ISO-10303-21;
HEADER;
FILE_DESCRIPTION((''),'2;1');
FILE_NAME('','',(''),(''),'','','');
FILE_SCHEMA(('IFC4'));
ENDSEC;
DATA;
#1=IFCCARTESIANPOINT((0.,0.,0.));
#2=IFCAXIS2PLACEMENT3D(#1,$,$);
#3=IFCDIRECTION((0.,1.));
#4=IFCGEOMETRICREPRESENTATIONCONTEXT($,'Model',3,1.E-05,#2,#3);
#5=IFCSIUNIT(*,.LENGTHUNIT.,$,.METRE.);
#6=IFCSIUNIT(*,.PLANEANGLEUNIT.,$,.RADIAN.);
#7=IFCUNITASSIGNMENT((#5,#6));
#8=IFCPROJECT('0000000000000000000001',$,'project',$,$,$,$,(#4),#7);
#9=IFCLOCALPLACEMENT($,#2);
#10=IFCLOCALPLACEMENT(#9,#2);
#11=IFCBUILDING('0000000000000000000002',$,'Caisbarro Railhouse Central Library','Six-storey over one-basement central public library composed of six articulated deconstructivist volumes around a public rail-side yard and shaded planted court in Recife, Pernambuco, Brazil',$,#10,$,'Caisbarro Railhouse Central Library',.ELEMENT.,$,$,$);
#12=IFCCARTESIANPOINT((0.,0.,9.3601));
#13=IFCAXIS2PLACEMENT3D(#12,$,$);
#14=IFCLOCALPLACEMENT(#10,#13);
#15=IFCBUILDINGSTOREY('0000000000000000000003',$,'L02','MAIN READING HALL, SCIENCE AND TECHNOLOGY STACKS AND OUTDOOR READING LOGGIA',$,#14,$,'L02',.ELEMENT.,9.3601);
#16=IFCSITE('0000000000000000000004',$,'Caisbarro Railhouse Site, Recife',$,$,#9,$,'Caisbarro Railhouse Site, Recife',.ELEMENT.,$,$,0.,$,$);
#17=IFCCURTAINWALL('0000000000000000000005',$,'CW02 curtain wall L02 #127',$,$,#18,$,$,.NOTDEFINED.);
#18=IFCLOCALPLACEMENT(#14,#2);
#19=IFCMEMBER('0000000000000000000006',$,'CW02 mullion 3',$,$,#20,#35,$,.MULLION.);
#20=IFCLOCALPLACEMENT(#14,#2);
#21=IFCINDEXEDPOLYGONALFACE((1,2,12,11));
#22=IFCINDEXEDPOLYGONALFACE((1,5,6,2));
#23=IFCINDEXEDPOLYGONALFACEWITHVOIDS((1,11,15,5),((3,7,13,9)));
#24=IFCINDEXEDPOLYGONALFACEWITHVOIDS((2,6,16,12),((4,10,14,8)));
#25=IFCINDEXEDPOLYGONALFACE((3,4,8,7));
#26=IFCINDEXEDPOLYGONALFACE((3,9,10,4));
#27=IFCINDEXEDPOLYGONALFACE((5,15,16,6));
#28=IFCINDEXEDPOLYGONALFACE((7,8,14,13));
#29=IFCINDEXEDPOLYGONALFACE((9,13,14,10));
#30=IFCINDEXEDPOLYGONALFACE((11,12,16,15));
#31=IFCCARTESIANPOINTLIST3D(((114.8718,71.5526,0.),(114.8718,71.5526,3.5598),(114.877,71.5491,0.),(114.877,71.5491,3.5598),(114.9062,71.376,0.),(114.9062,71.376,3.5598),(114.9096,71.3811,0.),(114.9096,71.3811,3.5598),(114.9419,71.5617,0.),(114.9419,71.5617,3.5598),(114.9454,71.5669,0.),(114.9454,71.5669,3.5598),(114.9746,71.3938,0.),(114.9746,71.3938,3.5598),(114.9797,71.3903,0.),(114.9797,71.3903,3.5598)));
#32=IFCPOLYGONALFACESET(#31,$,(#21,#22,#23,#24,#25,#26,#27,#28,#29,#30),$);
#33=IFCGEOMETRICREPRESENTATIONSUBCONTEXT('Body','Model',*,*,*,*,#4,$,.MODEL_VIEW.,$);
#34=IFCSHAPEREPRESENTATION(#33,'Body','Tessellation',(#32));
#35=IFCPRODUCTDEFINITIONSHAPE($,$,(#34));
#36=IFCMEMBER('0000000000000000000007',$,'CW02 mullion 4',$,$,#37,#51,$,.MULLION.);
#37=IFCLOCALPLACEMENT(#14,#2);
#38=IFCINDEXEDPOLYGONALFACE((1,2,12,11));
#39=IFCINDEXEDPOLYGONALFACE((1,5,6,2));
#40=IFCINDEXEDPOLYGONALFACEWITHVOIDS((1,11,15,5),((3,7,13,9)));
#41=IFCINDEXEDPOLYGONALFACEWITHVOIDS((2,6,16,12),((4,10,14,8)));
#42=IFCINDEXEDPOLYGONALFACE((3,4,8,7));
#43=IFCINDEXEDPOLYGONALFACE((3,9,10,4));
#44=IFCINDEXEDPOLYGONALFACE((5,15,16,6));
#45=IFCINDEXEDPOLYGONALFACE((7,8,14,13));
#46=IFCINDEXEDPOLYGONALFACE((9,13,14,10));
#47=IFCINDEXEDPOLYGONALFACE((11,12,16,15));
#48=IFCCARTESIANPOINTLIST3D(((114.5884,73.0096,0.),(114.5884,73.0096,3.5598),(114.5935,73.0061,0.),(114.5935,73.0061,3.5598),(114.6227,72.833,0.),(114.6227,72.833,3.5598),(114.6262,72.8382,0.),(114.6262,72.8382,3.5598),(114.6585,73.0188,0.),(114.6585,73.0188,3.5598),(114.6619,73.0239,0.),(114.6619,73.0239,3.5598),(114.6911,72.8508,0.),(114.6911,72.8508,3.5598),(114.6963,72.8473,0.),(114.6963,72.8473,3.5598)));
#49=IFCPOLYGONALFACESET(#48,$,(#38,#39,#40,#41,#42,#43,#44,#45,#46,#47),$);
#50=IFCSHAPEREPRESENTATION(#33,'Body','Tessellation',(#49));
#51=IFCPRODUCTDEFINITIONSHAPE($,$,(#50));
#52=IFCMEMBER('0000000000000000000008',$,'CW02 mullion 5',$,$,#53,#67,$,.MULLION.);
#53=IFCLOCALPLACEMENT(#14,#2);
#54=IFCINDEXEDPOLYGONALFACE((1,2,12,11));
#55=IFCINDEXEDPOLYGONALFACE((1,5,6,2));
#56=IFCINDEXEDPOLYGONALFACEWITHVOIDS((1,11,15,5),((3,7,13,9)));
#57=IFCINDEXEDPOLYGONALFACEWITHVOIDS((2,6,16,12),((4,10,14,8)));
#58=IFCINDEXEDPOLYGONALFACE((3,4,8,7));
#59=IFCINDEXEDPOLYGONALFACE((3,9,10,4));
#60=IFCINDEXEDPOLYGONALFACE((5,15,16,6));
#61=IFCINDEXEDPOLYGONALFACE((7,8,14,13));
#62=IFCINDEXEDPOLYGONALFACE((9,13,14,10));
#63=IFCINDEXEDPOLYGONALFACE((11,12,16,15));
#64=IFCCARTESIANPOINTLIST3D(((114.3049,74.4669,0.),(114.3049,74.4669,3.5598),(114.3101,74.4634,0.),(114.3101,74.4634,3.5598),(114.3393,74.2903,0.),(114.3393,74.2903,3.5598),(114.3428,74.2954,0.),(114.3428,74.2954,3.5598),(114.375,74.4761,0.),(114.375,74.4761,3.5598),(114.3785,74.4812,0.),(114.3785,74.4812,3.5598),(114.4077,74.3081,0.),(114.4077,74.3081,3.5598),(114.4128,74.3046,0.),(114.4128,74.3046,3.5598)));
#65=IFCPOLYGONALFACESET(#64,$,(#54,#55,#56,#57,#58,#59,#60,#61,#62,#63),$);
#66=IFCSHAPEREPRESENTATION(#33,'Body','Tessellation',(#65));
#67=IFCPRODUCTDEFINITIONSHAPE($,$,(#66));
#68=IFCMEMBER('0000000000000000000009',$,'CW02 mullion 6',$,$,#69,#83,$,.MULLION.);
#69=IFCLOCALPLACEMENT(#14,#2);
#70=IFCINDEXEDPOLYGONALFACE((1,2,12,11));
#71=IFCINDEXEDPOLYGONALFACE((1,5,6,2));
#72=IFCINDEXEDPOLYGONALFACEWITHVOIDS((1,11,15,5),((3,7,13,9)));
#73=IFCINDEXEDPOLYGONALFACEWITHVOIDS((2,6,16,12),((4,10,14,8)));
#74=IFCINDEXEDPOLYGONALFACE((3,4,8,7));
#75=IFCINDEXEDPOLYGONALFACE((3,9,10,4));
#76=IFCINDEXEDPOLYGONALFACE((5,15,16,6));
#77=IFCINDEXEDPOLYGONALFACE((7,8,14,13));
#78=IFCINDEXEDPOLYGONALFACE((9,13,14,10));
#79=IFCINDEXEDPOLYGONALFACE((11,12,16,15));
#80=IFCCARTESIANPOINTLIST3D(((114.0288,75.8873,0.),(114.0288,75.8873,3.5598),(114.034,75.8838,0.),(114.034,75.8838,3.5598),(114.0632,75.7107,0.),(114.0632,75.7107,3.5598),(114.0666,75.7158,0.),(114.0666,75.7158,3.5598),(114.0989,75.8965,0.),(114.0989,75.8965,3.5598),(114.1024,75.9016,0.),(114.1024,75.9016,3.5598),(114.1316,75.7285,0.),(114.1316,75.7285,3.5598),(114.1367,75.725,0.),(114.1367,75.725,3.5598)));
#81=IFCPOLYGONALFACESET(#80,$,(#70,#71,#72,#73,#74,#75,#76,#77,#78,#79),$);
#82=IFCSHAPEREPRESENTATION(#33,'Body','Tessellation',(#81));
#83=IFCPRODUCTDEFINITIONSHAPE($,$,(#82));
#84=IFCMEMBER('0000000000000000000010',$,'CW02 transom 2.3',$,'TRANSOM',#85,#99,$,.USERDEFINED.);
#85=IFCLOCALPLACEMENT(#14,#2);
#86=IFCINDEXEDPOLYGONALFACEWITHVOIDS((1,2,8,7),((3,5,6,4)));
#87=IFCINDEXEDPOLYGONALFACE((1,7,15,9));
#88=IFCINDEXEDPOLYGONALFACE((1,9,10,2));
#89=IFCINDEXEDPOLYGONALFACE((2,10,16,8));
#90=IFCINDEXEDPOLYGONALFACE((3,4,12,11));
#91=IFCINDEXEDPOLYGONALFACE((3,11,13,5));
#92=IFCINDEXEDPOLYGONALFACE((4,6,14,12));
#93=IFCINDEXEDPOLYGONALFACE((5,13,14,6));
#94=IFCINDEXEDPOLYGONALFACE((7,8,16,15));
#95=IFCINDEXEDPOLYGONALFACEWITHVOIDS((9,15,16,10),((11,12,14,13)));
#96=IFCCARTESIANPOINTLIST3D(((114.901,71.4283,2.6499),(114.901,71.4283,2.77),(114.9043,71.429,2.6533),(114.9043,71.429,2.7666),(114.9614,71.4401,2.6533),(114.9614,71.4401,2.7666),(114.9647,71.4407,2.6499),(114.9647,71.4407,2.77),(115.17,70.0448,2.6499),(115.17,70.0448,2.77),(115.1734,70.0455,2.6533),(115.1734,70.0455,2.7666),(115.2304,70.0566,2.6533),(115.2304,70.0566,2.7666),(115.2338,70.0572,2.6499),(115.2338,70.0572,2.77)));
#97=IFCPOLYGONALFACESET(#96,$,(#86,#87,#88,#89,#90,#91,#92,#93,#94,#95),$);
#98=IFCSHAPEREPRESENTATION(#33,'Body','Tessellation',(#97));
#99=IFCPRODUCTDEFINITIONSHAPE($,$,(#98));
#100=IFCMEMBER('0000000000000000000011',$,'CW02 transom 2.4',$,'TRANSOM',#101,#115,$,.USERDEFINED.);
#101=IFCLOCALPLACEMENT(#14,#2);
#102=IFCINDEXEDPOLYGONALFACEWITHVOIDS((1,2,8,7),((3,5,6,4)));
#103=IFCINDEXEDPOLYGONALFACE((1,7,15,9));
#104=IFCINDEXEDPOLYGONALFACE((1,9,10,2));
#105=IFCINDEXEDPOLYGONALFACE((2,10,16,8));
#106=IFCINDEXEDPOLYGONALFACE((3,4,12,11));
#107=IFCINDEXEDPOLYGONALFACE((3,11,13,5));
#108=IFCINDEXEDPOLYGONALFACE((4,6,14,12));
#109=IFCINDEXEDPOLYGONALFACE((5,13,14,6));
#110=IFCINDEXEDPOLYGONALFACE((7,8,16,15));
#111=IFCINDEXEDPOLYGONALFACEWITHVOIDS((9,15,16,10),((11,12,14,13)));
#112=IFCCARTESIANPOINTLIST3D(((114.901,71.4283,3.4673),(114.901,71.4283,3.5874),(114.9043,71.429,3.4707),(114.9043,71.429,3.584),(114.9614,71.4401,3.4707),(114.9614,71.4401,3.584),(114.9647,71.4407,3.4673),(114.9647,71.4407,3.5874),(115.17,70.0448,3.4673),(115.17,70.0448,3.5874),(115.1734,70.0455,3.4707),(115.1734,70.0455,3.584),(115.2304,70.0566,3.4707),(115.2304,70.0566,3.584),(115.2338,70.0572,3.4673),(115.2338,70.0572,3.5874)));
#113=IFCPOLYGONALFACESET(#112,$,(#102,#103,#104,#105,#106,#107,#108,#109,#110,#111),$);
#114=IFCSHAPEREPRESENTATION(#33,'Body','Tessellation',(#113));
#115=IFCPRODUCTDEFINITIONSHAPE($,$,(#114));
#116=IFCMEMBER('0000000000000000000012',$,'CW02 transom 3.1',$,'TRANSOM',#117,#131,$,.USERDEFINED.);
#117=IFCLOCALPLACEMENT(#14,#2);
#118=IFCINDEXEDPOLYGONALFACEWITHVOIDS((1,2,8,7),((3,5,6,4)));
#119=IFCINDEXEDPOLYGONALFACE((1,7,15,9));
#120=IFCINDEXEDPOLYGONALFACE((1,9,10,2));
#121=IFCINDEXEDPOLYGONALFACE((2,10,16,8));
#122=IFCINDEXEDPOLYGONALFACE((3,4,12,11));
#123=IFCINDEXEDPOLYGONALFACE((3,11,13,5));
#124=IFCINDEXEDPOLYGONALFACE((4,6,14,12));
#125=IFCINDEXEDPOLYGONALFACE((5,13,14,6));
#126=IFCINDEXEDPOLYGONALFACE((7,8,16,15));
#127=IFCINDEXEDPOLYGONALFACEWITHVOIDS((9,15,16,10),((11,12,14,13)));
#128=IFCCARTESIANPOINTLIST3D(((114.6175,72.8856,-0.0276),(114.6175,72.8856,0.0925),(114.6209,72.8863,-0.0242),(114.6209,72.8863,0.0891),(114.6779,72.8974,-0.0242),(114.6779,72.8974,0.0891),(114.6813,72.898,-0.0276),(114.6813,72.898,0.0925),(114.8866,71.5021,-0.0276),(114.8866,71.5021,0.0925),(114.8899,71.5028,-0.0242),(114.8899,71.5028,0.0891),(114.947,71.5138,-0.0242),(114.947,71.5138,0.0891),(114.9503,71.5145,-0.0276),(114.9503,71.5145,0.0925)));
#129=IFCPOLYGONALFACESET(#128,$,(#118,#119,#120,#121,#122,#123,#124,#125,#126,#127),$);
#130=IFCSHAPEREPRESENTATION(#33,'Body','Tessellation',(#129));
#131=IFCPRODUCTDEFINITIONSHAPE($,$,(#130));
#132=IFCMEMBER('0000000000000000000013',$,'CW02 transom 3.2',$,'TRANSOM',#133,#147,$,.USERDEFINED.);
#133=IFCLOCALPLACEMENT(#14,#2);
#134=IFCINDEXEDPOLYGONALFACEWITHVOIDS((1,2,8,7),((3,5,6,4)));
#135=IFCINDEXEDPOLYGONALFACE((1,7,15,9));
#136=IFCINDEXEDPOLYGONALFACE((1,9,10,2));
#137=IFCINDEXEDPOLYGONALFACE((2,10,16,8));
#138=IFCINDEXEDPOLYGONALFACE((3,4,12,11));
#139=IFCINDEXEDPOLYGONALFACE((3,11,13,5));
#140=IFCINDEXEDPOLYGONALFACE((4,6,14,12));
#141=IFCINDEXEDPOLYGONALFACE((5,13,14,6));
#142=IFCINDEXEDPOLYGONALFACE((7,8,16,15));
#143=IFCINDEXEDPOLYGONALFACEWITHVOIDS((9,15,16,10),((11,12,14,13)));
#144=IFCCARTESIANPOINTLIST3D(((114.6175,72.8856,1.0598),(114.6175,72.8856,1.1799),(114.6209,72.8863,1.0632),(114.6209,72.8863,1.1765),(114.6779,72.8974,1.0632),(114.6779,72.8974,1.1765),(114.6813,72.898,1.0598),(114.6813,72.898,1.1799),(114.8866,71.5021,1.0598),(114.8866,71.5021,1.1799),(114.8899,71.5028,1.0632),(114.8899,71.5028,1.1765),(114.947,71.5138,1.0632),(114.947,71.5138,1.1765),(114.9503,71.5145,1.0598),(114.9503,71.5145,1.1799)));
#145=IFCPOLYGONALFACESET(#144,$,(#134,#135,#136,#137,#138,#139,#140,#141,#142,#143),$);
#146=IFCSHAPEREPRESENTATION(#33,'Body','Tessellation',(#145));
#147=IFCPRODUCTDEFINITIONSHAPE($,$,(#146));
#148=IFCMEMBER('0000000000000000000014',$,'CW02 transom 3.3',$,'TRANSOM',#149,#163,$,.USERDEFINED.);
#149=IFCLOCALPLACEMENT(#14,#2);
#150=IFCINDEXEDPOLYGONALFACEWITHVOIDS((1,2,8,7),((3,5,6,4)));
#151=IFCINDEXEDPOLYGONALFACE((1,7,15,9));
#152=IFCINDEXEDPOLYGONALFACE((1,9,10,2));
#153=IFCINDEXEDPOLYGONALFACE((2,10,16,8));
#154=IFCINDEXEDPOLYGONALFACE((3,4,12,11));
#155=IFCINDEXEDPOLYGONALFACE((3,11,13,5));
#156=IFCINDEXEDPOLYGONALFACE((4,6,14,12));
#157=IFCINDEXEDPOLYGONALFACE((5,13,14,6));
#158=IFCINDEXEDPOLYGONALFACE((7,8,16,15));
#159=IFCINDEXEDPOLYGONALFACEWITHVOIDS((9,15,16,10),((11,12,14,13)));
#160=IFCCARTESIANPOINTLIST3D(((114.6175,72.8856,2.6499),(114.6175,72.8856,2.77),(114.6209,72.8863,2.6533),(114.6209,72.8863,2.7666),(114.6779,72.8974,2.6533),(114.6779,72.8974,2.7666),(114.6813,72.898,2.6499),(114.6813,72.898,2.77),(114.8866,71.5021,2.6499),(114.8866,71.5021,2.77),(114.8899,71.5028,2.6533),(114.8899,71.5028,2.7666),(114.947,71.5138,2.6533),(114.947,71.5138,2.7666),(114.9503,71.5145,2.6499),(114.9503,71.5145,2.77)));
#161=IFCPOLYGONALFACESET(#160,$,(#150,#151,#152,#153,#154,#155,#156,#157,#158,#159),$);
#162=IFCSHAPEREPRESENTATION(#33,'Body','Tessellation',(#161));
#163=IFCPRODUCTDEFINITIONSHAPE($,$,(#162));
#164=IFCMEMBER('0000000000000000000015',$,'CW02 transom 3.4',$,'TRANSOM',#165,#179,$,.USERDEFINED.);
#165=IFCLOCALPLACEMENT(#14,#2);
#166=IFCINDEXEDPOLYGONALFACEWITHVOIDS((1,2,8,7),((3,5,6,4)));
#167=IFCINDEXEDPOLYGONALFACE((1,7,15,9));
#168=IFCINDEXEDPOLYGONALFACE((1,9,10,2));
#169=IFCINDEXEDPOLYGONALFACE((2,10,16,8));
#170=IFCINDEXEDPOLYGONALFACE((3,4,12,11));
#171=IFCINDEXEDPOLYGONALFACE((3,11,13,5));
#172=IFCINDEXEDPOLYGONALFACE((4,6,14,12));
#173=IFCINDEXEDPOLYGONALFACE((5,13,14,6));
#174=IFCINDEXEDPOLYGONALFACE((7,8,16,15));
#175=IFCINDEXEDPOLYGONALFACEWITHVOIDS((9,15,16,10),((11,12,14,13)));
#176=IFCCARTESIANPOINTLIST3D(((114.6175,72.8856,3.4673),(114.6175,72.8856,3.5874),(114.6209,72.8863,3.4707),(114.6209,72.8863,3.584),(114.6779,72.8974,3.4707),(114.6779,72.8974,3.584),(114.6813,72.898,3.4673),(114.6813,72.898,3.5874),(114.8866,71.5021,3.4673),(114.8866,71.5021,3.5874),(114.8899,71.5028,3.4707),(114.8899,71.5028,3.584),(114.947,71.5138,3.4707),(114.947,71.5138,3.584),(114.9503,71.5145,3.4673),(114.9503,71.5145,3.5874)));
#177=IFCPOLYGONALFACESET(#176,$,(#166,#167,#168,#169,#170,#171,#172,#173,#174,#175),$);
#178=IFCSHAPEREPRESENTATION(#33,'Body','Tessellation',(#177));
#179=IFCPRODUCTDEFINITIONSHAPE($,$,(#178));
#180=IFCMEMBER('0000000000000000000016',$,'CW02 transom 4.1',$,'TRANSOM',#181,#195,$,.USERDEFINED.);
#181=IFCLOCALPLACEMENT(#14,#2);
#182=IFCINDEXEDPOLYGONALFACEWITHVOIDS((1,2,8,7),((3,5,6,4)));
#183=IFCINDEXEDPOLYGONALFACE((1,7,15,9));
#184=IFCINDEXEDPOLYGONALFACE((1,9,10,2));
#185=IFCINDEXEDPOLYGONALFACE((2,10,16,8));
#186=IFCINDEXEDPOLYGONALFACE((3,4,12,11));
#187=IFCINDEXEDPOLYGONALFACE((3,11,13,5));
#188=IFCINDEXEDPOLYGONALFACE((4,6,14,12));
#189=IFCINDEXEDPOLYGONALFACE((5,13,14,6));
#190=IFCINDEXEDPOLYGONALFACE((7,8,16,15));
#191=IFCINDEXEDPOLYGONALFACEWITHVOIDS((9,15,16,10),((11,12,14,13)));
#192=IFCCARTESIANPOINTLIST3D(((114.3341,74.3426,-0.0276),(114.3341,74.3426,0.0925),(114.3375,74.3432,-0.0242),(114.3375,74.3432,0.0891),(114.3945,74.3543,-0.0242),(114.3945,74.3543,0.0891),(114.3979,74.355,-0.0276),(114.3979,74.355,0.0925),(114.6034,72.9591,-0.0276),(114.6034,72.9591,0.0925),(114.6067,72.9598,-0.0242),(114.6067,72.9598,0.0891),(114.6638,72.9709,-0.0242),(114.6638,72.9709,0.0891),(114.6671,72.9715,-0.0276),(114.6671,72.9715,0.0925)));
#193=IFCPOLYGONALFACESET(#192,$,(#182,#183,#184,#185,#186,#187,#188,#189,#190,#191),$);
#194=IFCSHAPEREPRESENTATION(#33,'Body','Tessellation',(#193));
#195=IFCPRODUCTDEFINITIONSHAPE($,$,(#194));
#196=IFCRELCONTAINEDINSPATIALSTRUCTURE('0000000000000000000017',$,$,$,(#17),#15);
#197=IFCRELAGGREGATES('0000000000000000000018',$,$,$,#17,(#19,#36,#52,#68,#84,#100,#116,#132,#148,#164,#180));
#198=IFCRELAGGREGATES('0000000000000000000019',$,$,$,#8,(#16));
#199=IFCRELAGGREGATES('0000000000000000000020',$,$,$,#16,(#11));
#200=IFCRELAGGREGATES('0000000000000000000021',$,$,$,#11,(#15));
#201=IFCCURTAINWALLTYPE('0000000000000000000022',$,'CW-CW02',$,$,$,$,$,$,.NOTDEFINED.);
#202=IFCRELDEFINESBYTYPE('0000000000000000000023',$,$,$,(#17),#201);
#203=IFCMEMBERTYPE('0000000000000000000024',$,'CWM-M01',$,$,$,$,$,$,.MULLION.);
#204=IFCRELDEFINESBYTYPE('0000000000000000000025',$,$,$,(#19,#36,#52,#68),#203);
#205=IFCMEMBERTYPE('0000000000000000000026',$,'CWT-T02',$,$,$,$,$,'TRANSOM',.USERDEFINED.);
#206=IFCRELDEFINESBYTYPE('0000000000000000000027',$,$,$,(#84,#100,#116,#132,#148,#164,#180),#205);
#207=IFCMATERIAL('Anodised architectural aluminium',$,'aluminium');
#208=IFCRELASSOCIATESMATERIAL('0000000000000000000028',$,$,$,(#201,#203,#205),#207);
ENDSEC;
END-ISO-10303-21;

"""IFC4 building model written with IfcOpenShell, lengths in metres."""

from ifc_helpers import new_model, si_unit, direction, frame, origin, origin_2d, place, context, subcontext, project, spatial, hollow_rectangle, extrude, material, material_profile, profile_set, type_object, element, aggregate, save


model = new_model("IFC4")

# Units and contexts
model_context = context("Model", 3, precision=1e-05, world=origin(), true_north=direction((0.0, 1.0)))
body_context = subcontext(model_context, "Body", "Model", "MODEL_VIEW")
ifc_project = project(units=[si_unit("LENGTHUNIT", "METRE"), si_unit("PLANEANGLEUNIT", "RADIAN")], contexts=[model_context])

# Site, building, storey
site_placement = place(None, origin())
site = spatial("IfcSite", under=ifc_project, at=site_placement, Name="Caisbarro Railhouse Site, Recife", LongName="Caisbarro Railhouse Site, Recife", CompositionType="ELEMENT", RefElevation=0.0)
building_placement = place(site_placement, origin())
building = spatial("IfcBuilding", under=site, at=building_placement, Name="Caisbarro Railhouse Central Library", Description="Six-storey over one-basement central public library composed of six articulated deconstructivist volumes around a public rail-side yard and shaded planted court in Recife, Pernambuco, Brazil", LongName="Caisbarro Railhouse Central Library", CompositionType="ELEMENT")
storey_placement = place(building_placement, frame((0.0, 0.0, 9.3601)))
storey = spatial("IfcBuildingStorey", under=building, at=storey_placement, Name="L02", Description="MAIN READING HALL, SCIENCE AND TECHNOLOGY STACKS AND OUTDOOR READING LOGGIA", LongName="L02", CompositionType="ELEMENT", Elevation=9.3601)

# Curtain wall, members
ifc_material_1 = material(Name="Anodised architectural aluminium", Category="aluminium")
curtain_wall_type = type_object("IfcCurtainWallType", Name="CW-CW02", PredefinedType="NOTDEFINED", material=ifc_material_1)
curtain_wall_placement = place(storey_placement, origin())
curtain_wall = element("IfcCurtainWall", 1, at=curtain_wall_placement, inside=storey, type_object=curtain_wall_type, Name="CW02 curtain wall L02 #127", PredefinedType="NOTDEFINED")
ifc_material_profile_1 = material_profile(ifc_material_1, hollow_rectangle(XDim=0.075, YDim=0.1799, WallThickness=0.0044, at=origin_2d()), Name="ALU-MUL-75X180")
ifc_profile_set_1 = profile_set([ifc_material_profile_1], Name="Anodised architectural aluminium")
member_type_1 = type_object("IfcMemberType", Name="CWM-M01", PredefinedType="MULLION", material=ifc_profile_set_1)
member_1_placement = place(storey_placement, frame((114.9258, 71.4714, 0.0), z_axis=(0.0, 0.0, 1.0), x_axis=(-0.981607, -0.190911, 0.0)))
member_1 = element("IfcMember", 2, at=member_1_placement, type_object=member_type_1, Name="CW02 mullion 3", PredefinedType="MULLION", context=body_context, shape_type="SweptSolid", body=[
    extrude(hollow_rectangle(XDim=0.075, YDim=0.1799, WallThickness=0.0044, at=origin_2d()), origin(), (0.0, 0.0, 1.0), 3.5598),
])
member_2_placement = place(storey_placement, frame((114.6423, 72.9285, 0.0), z_axis=(0.0, 0.0, 1.0), x_axis=(-0.981607, -0.190911, 0.0)))
member_2 = element("IfcMember", 3, at=member_2_placement, type_object=member_type_1, Name="CW02 mullion 4", PredefinedType="MULLION", context=body_context, shape_type="SweptSolid", body=[
    extrude(hollow_rectangle(XDim=0.075, YDim=0.1799, WallThickness=0.0044, at=origin_2d()), origin(), (0.0, 0.0, 1.0), 3.5598),
])
member_3_placement = place(storey_placement, frame((114.3589, 74.3857, 0.0), z_axis=(0.0, 0.0, 1.0), x_axis=(-0.981607, -0.190911, 0.0)))
member_3 = element("IfcMember", 4, at=member_3_placement, type_object=member_type_1, Name="CW02 mullion 5", PredefinedType="MULLION", context=body_context, shape_type="SweptSolid", body=[
    extrude(hollow_rectangle(XDim=0.075, YDim=0.1799, WallThickness=0.0044, at=origin_2d()), origin(), (0.0, 0.0, 1.0), 3.5598),
])
member_4_placement = place(storey_placement, frame((114.0828, 75.8062, 0.0), z_axis=(0.0, 0.0, 1.0), x_axis=(-0.981607, -0.190911, 0.0)))
member_4 = element("IfcMember", 5, at=member_4_placement, type_object=member_type_1, Name="CW02 mullion 6", PredefinedType="MULLION", context=body_context, shape_type="SweptSolid", body=[
    extrude(hollow_rectangle(XDim=0.075, YDim=0.1799, WallThickness=0.0044, at=origin_2d()), origin(), (0.0, 0.0, 1.0), 3.5598),
])
ifc_material_profile_2 = material_profile(ifc_material_1, hollow_rectangle(XDim=0.0649, YDim=0.1201, WallThickness=0.0034, at=origin_2d()), Name="ALU-TRN-65X120")
ifc_profile_set_2 = profile_set([ifc_material_profile_2], Name="Anodised architectural aluminium")
member_type_2 = type_object("IfcMemberType", Name="CWT-T02", ElementType="TRANSOM", PredefinedType="USERDEFINED", material=ifc_profile_set_2)
member_5_placement = place(storey_placement, frame((115.2019, 70.051, 2.71), z_axis=(-0.190884, 0.981613, 0.0), x_axis=(-0.981613, -0.190884, 0.0)))
member_5 = element("IfcMember", 6, at=member_5_placement, type_object=member_type_2, Name="CW02 transom 2.3", ObjectType="TRANSOM", PredefinedType="USERDEFINED", context=body_context, shape_type="SweptSolid", body=[
    extrude(hollow_rectangle(XDim=0.0649, YDim=0.1201, WallThickness=0.0034, at=origin_2d()), origin(), (0.0, 0.0, 1.0), 1.4094),
])
member_6_placement = place(storey_placement, frame((115.2019, 70.051, 3.5273), z_axis=(-0.190884, 0.981613, 0.0), x_axis=(-0.981613, -0.190884, 0.0)))
member_6 = element("IfcMember", 7, at=member_6_placement, type_object=member_type_2, Name="CW02 transom 2.4", ObjectType="TRANSOM", PredefinedType="USERDEFINED", context=body_context, shape_type="SweptSolid", body=[
    extrude(hollow_rectangle(XDim=0.0649, YDim=0.1201, WallThickness=0.0034, at=origin_2d()), origin(), (0.0, 0.0, 1.0), 1.4094),
])
member_7_placement = place(storey_placement, frame((114.9185, 71.5083, 0.0325), z_axis=(-0.190884, 0.981613, 0.0), x_axis=(-0.981613, -0.190884, 0.0)))
member_7 = element("IfcMember", 8, at=member_7_placement, type_object=member_type_2, Name="CW02 transom 3.1", ObjectType="TRANSOM", PredefinedType="USERDEFINED", context=body_context, shape_type="SweptSolid", body=[
    extrude(hollow_rectangle(XDim=0.0649, YDim=0.1201, WallThickness=0.0034, at=origin_2d()), origin(), (0.0, 0.0, 1.0), 1.4094),
])
member_8_placement = place(storey_placement, frame((114.9185, 71.5083, 1.1199), z_axis=(-0.190884, 0.981613, 0.0), x_axis=(-0.981613, -0.190884, 0.0)))
member_8 = element("IfcMember", 9, at=member_8_placement, type_object=member_type_2, Name="CW02 transom 3.2", ObjectType="TRANSOM", PredefinedType="USERDEFINED", context=body_context, shape_type="SweptSolid", body=[
    extrude(hollow_rectangle(XDim=0.0649, YDim=0.1201, WallThickness=0.0034, at=origin_2d()), origin(), (0.0, 0.0, 1.0), 1.4094),
])
member_9_placement = place(storey_placement, frame((114.9185, 71.5083, 2.71), z_axis=(-0.190884, 0.981613, 0.0), x_axis=(-0.981613, -0.190884, 0.0)))
member_9 = element("IfcMember", 10, at=member_9_placement, type_object=member_type_2, Name="CW02 transom 3.3", ObjectType="TRANSOM", PredefinedType="USERDEFINED", context=body_context, shape_type="SweptSolid", body=[
    extrude(hollow_rectangle(XDim=0.0649, YDim=0.1201, WallThickness=0.0034, at=origin_2d()), origin(), (0.0, 0.0, 1.0), 1.4094),
])
member_10_placement = place(storey_placement, frame((114.9185, 71.5083, 3.5273), z_axis=(-0.190884, 0.981613, 0.0), x_axis=(-0.981613, -0.190884, 0.0)))
member_10 = element("IfcMember", 11, at=member_10_placement, type_object=member_type_2, Name="CW02 transom 3.4", ObjectType="TRANSOM", PredefinedType="USERDEFINED", context=body_context, shape_type="SweptSolid", body=[
    extrude(hollow_rectangle(XDim=0.0649, YDim=0.1201, WallThickness=0.0034, at=origin_2d()), origin(), (0.0, 0.0, 1.0), 1.4094),
])
member_11_placement = place(storey_placement, frame((114.6353, 72.9653, 0.0325), z_axis=(-0.19105, 0.98158, 0.0), x_axis=(-0.98158, -0.19105, 0.0)))
member_11 = element("IfcMember", 12, at=member_11_placement, type_object=member_type_2, Name="CW02 transom 4.1", ObjectType="TRANSOM", PredefinedType="USERDEFINED", context=body_context, shape_type="SweptSolid", body=[
    extrude(hollow_rectangle(XDim=0.0649, YDim=0.1201, WallThickness=0.0034, at=origin_2d()), origin(), (0.0, 0.0, 1.0), 1.4094),
])
aggregate(curtain_wall, [member_1, member_2, member_3, member_4, member_5, member_6, member_7, member_8, member_9, member_10, member_11])

save(model, "model.ifc")
